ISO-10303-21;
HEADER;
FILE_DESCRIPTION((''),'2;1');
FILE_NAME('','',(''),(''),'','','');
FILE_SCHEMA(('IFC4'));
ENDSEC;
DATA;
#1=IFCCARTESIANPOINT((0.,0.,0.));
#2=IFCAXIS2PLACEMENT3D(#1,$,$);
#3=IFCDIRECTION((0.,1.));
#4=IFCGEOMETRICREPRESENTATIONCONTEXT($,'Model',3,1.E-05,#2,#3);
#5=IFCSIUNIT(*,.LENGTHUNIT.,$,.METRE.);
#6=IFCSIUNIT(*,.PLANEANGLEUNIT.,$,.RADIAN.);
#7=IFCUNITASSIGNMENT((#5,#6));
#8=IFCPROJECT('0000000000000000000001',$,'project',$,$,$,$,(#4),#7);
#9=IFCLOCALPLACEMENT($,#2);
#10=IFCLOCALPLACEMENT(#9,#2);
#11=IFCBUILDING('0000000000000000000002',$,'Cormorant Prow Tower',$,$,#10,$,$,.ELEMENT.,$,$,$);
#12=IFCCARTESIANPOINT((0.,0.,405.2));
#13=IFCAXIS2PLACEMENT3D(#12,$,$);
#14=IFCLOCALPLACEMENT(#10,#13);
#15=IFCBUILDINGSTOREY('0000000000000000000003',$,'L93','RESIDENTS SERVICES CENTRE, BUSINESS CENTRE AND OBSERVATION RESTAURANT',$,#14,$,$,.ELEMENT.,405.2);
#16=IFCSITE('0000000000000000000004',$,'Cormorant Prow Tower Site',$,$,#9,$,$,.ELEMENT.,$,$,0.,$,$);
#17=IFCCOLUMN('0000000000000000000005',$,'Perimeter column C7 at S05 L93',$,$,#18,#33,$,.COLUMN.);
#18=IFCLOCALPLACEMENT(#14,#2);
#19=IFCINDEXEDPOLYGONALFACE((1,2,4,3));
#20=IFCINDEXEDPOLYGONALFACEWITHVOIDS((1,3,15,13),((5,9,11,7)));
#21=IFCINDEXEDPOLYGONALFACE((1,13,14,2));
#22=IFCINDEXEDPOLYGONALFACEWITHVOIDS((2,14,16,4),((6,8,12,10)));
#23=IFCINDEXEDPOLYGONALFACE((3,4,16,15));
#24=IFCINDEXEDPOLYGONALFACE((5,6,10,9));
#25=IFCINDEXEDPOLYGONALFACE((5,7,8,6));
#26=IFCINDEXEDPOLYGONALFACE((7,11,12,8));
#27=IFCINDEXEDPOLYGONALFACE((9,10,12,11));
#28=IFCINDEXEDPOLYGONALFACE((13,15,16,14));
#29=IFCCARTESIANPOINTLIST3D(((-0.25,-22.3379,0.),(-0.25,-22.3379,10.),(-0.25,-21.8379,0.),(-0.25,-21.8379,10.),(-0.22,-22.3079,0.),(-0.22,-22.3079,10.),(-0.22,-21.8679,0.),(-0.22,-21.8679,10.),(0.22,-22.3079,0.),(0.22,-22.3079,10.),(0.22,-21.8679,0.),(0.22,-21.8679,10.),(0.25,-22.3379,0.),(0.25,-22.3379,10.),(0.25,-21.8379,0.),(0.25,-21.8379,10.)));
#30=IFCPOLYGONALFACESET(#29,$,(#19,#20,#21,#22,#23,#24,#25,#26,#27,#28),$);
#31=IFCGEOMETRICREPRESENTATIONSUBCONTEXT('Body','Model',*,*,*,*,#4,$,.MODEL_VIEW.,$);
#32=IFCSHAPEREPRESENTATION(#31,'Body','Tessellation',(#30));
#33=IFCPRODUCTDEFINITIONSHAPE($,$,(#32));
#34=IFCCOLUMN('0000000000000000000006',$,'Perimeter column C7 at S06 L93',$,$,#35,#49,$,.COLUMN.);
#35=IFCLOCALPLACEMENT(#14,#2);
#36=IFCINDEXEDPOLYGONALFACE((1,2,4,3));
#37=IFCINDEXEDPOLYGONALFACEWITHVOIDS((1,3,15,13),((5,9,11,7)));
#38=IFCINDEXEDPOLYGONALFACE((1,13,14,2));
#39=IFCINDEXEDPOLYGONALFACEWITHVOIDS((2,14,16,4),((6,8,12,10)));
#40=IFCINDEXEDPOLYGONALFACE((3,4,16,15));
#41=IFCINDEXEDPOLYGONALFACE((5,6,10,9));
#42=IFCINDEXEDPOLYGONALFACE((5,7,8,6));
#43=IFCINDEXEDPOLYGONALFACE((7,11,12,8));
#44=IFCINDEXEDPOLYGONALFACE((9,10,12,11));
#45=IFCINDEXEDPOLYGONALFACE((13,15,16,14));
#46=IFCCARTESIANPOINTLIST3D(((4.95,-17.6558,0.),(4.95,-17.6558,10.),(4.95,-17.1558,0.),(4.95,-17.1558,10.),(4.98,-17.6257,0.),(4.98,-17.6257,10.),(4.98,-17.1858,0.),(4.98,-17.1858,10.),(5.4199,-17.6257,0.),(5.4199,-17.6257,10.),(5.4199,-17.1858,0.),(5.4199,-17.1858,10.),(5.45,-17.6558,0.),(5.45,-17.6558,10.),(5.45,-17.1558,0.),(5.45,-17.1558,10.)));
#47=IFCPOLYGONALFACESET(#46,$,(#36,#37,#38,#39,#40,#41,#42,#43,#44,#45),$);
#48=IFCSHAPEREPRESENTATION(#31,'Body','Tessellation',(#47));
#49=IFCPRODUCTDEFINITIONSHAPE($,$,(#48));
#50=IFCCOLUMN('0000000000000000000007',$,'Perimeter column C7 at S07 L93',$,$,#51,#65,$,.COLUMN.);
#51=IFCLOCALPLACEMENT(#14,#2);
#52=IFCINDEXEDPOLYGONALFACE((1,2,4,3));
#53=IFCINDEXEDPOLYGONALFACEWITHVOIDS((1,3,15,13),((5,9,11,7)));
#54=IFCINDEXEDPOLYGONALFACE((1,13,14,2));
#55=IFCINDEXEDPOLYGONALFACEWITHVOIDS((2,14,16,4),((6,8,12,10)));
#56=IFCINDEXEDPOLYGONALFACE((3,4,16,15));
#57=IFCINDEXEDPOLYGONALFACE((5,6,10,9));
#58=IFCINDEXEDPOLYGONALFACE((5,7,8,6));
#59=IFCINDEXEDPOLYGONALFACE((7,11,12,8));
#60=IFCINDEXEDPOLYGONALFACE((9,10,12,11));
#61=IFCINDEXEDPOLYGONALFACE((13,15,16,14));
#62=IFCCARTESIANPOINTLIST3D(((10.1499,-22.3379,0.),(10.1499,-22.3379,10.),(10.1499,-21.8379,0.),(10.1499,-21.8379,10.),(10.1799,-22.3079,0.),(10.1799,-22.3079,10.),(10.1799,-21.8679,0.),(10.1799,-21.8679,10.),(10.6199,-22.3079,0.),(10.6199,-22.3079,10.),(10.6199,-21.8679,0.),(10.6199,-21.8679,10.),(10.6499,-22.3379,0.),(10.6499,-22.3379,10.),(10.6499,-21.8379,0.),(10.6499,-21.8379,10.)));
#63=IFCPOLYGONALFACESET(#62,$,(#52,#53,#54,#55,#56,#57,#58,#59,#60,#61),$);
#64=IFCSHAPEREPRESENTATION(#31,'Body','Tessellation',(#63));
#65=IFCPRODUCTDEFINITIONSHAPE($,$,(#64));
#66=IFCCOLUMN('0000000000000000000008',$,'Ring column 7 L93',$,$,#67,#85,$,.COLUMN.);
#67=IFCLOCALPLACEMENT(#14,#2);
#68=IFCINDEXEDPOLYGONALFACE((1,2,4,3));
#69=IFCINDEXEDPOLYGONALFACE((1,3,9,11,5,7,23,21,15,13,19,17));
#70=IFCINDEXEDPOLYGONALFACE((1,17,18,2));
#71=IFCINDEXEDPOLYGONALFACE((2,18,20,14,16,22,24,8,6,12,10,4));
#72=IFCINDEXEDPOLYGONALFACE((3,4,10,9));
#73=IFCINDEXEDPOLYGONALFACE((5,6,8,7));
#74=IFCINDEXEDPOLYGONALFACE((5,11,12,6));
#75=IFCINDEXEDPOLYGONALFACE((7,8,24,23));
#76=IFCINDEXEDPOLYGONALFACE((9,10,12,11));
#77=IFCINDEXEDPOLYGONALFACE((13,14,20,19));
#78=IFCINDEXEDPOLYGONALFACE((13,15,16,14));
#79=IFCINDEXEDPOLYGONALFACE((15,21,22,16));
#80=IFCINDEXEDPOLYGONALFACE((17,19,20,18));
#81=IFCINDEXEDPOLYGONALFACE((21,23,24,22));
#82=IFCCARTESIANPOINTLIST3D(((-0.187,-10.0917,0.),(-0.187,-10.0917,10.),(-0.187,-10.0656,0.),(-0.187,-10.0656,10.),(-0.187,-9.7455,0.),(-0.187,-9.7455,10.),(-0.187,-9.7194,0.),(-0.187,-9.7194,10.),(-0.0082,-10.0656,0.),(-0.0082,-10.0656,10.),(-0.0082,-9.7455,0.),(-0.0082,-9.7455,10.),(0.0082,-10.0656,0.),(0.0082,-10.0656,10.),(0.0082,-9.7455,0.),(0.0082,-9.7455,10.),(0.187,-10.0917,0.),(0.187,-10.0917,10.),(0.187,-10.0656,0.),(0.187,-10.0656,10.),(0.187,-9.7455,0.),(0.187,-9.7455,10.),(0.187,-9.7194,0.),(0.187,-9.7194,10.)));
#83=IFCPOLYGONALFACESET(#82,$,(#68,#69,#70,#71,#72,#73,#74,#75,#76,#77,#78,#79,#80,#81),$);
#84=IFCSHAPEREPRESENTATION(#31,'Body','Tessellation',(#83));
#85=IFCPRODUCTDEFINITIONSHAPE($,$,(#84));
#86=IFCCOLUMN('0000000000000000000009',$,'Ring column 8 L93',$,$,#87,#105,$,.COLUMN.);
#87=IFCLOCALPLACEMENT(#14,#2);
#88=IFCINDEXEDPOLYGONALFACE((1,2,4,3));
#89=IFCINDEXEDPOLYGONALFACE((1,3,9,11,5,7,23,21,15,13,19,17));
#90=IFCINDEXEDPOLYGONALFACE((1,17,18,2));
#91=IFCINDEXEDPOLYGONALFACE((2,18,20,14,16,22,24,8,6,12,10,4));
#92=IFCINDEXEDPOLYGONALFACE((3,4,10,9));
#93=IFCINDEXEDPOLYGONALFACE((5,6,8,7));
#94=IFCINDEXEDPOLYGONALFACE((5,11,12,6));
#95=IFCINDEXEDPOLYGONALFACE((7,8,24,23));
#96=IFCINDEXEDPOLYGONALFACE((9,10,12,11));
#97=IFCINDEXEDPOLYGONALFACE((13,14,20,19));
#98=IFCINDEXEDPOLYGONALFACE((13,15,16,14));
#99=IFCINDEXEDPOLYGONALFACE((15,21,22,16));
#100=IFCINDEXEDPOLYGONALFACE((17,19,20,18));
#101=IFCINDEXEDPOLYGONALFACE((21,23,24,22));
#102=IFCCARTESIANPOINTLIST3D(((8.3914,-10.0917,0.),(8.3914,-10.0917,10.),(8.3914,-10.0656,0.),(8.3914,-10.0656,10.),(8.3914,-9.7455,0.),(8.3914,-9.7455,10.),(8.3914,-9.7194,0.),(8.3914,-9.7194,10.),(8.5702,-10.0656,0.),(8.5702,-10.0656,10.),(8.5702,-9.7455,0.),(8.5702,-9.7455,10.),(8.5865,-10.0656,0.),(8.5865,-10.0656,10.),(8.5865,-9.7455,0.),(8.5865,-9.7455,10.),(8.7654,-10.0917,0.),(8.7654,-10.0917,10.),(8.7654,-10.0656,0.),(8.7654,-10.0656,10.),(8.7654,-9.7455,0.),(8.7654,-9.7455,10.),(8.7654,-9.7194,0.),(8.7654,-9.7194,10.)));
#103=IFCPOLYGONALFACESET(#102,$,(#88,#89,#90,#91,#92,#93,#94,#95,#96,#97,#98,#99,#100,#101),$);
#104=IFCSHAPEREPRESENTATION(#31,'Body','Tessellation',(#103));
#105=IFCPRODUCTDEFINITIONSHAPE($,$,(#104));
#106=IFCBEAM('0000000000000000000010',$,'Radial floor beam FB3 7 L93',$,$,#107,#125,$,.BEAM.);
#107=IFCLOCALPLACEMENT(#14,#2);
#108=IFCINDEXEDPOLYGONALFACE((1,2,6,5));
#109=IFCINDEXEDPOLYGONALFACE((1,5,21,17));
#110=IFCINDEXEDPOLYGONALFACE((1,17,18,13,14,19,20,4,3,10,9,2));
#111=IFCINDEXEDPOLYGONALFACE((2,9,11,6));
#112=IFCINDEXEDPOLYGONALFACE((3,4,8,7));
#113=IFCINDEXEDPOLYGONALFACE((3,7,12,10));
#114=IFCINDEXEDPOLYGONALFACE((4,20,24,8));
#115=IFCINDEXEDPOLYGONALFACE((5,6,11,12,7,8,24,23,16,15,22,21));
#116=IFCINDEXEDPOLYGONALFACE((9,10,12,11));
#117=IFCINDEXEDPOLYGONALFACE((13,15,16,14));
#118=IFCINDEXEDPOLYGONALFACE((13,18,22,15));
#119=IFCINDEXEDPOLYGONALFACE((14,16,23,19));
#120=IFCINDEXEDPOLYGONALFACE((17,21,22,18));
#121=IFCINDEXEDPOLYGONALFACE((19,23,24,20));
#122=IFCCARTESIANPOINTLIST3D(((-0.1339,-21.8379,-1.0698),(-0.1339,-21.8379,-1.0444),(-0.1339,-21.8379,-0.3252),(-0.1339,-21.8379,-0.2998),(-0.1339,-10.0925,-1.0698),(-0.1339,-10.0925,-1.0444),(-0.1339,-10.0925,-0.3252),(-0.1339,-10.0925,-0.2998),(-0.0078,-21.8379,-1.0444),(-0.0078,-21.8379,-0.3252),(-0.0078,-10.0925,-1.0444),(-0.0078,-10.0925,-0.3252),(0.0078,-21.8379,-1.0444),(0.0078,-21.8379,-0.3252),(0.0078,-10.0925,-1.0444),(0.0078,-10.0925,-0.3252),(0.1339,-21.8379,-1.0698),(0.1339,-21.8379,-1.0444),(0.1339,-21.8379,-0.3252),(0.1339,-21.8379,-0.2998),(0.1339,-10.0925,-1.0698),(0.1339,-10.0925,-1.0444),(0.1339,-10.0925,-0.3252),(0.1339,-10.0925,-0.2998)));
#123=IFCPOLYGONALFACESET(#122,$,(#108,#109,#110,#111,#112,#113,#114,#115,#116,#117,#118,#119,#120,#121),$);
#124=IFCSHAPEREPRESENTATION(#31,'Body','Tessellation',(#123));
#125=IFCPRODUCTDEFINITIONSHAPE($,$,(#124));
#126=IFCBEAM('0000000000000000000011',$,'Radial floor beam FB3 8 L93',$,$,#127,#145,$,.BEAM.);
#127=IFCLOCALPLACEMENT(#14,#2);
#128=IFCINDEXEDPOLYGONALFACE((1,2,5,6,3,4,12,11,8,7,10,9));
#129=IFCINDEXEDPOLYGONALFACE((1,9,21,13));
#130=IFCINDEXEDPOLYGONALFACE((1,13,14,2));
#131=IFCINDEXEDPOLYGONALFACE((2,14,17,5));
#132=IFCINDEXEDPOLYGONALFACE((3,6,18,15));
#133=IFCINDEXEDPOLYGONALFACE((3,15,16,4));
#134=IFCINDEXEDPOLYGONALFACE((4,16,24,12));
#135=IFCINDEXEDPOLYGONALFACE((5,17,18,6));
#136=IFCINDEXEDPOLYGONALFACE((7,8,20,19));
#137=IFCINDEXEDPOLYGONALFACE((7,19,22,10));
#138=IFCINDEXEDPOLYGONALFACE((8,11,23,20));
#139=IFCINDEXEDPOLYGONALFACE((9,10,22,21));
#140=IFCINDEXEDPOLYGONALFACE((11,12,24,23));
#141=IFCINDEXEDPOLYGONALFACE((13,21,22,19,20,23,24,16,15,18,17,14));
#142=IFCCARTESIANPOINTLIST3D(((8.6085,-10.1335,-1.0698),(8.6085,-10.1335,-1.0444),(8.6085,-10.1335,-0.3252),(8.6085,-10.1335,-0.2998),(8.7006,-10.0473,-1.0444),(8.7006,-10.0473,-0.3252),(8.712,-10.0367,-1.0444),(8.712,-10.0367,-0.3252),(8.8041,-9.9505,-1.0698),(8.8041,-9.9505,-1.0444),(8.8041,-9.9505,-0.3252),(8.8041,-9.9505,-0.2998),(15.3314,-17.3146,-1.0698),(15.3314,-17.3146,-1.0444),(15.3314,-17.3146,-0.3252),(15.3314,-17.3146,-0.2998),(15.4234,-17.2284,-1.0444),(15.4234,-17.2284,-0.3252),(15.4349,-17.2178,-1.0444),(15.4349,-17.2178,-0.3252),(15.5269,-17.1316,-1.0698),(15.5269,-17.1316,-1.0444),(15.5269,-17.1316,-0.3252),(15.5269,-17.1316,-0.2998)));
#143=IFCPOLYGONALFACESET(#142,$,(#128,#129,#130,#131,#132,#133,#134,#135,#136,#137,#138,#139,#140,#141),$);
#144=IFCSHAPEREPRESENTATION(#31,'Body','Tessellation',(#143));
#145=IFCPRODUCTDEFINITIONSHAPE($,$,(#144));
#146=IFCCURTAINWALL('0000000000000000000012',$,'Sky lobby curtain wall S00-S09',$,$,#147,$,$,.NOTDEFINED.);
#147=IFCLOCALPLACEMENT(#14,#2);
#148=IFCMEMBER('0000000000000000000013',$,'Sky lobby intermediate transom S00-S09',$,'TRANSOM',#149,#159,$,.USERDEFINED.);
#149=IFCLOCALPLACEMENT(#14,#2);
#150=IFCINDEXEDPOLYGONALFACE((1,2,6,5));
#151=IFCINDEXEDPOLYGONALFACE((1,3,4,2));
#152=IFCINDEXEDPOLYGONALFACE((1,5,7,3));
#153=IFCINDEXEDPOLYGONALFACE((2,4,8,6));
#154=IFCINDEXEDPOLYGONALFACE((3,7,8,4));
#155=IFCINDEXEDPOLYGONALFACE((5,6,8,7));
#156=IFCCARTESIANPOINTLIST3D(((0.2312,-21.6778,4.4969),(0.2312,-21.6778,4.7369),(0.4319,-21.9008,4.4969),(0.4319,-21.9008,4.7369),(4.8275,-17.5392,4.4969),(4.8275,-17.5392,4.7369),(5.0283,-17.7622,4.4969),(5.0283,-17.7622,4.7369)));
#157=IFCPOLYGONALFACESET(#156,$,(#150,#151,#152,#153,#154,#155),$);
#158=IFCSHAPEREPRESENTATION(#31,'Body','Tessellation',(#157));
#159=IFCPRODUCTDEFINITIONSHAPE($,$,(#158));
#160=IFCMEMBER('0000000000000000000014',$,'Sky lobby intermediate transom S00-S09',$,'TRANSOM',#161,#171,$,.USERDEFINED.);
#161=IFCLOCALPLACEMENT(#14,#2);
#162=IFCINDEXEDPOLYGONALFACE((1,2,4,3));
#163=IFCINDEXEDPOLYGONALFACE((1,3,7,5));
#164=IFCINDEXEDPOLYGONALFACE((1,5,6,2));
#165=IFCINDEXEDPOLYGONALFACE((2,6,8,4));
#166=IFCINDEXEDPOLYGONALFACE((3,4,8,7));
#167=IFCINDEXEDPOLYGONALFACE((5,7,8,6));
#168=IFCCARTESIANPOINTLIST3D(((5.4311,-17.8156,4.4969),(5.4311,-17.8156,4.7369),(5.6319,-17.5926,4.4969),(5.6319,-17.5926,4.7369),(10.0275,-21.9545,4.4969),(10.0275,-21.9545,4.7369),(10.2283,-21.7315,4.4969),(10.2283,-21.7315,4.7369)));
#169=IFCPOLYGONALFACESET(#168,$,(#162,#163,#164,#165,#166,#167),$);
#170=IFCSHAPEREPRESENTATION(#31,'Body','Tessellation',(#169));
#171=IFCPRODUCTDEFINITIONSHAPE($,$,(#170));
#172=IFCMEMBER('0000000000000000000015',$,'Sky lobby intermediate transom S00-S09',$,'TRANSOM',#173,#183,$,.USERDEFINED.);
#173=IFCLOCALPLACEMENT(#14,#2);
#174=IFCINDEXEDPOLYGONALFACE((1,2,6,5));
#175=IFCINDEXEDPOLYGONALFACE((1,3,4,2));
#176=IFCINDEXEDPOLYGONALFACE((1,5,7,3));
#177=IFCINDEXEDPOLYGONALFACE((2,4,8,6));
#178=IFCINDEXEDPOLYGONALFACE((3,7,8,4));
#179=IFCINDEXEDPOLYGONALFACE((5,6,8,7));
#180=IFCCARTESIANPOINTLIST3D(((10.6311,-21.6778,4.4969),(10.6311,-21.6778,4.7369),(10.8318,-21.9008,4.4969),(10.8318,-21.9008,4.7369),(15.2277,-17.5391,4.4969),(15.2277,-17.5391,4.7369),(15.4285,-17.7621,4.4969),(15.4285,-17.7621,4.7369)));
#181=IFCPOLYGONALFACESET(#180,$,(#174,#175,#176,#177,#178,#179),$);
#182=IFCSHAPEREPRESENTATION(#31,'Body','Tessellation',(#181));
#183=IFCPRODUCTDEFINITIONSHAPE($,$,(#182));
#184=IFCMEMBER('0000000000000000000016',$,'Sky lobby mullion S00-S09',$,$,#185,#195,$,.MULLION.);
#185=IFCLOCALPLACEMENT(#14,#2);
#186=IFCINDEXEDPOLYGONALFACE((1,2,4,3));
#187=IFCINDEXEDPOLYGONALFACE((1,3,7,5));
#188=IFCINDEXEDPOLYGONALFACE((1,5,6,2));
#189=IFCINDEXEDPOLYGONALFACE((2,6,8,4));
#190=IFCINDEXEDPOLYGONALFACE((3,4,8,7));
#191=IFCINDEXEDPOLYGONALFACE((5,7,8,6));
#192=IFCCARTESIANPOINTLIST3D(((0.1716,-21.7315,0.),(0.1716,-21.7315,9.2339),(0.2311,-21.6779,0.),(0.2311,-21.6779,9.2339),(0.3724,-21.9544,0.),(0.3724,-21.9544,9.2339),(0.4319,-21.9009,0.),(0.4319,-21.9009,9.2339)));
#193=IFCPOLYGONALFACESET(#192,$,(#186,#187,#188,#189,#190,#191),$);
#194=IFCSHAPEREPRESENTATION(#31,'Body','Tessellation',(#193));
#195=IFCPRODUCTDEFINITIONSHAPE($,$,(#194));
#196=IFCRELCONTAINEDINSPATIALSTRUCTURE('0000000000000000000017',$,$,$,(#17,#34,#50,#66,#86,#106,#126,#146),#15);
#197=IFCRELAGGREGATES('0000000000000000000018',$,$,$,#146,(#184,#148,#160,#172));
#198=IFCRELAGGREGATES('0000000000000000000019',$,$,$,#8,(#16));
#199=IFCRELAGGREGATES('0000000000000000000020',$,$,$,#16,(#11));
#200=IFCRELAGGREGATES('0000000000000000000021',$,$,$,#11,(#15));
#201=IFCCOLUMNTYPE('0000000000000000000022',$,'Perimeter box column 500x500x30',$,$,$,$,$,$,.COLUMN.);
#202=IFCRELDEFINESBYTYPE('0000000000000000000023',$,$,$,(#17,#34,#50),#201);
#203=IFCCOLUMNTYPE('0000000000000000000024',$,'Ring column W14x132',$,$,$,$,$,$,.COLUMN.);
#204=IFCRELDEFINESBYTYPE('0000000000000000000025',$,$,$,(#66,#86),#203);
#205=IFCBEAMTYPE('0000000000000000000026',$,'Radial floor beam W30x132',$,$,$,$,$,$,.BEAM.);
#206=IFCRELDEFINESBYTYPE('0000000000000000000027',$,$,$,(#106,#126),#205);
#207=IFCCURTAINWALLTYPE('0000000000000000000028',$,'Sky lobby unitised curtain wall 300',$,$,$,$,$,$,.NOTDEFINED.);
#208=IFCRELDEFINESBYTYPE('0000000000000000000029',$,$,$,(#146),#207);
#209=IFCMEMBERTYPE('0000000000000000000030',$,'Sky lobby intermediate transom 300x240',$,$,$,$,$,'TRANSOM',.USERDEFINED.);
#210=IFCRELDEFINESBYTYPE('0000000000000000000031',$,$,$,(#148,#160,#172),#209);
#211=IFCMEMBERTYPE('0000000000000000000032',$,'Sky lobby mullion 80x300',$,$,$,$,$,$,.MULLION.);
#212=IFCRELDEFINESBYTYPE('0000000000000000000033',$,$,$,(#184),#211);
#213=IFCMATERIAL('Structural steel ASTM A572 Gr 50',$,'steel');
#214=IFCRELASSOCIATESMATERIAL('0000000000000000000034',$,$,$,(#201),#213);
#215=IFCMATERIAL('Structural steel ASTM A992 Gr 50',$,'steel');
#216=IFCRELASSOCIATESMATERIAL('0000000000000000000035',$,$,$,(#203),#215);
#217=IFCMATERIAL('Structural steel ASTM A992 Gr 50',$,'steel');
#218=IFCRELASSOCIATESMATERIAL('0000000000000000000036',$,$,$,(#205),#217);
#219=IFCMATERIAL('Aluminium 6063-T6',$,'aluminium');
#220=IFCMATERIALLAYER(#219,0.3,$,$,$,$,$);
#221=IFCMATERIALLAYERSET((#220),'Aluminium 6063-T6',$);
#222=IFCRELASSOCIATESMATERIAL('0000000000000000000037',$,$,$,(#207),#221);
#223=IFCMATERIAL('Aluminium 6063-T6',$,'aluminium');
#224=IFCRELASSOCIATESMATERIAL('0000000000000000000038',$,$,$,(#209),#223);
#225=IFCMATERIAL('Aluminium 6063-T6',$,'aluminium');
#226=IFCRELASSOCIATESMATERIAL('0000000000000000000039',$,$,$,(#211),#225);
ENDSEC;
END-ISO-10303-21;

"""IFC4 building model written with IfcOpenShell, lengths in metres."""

from ifc_helpers import new_model, si_unit, direction, frame, origin, origin_2d, place, context, subcontext, project, spatial, rectangle, hollow_rectangle, i_section, extrude, material, layer, layer_set, material_profile, profile_set, type_object, element, aggregate, save


model = new_model("IFC4")

# Units and contexts
model_context = context("Model", 3, precision=1e-05, world=origin(), true_north=direction((0.0, 1.0)))
body_context = subcontext(model_context, "Body", "Model", "MODEL_VIEW")
ifc_project = project(units=[si_unit("LENGTHUNIT", "METRE"), si_unit("PLANEANGLEUNIT", "RADIAN")], contexts=[model_context])

# Site, building, storey
site_placement = place(None, origin())
site = spatial("IfcSite", under=ifc_project, at=site_placement, Name="Cormorant Prow Tower Site", CompositionType="ELEMENT", RefElevation=0.0)
building_placement = place(site_placement, origin())
building = spatial("IfcBuilding", under=site, at=building_placement, Name="Cormorant Prow Tower", CompositionType="ELEMENT")
storey_placement = place(building_placement, frame((0.0, 0.0, 405.2)))
storey = spatial("IfcBuildingStorey", under=building, at=storey_placement, Name="L93", Description="RESIDENTS SERVICES CENTRE, BUSINESS CENTRE AND OBSERVATION RESTAURANT", CompositionType="ELEMENT", Elevation=405.2)

# Columns
ifc_material_1 = material(Name="Structural steel ASTM A572 Gr 50", Category="steel")
ifc_material_profile_1 = material_profile(ifc_material_1, hollow_rectangle(XDim=0.5, YDim=0.5, WallThickness=0.03, at=origin_2d()), Name="Box 500x500x30")
ifc_profile_set_1 = profile_set([ifc_material_profile_1], Name="Structural steel ASTM A572 Gr 50")
column_type_1 = type_object("IfcColumnType", Name="Perimeter box column 500x500x30", PredefinedType="COLUMN", material=ifc_profile_set_1)
for number, where, z_axis, x_axis, name in (
    (1, (0.0, -22.0879, 0.0), (0.0, 0.0, 1.0), (1.0, 0.0, 0.0), "Perimeter column C7 at S05 L93"),
    (2, (5.2, -17.4058, 0.0), (0.0, 0.0, 1.0), (1.0, 0.0, 0.0), "Perimeter column C7 at S06 L93"),
    (3, (10.3999, -22.0879, 0.0), (0.0, 0.0, 1.0), (1.0, 0.0, 0.0), "Perimeter column C7 at S07 L93"),
):
    element("IfcColumn", number, at=place(storey_placement, frame(where, z_axis=z_axis, x_axis=x_axis)), inside=storey, type_object=column_type_1, Name=name, PredefinedType="COLUMN", context=body_context, shape_type="SweptSolid", body=[
        extrude(hollow_rectangle(XDim=0.5, YDim=0.5, WallThickness=0.03, at=origin_2d()), origin(), (0.0, 0.0, 1.0), 10.0),
    ])
ifc_material_2 = material(Name="Structural steel ASTM A992 Gr 50", Category="steel")
ifc_material_profile_2 = material_profile(ifc_material_2, i_section(OverallWidth=0.374, OverallDepth=0.3723, WebThickness=0.0164, FlangeThickness=0.0261, at=origin_2d()), Name="W14x132")
ifc_profile_set_2 = profile_set([ifc_material_profile_2], Name="Structural steel ASTM A992 Gr 50")
column_type_2 = type_object("IfcColumnType", Name="Ring column W14x132", PredefinedType="COLUMN", material=ifc_profile_set_2)
for number, where, z_axis, x_axis, name in (
    (4, (0.0, -9.9055, 0.0), (0.0, 0.0, 1.0), (1.0, 0.0, 0.0), "Ring column 7 L93"),
    (5, (8.5784, -9.9055, 0.0), (0.0, 0.0, 1.0), (1.0, 0.0, 0.0), "Ring column 8 L93"),
):
    element("IfcColumn", number, at=place(storey_placement, frame(where, z_axis=z_axis, x_axis=x_axis)), inside=storey, type_object=column_type_2, Name=name, PredefinedType="COLUMN", context=body_context, shape_type="SweptSolid", body=[
        extrude(i_section(OverallWidth=0.374, OverallDepth=0.3723, WebThickness=0.0164, FlangeThickness=0.0261, at=origin_2d()), origin(), (0.0, 0.0, 1.0), 10.0),
    ])

# Beams
ifc_material_3 = material(Name="Structural steel ASTM A992 Gr 50", Category="steel")
ifc_material_profile_3 = material_profile(ifc_material_3, i_section(OverallWidth=0.2678, OverallDepth=0.77, WebThickness=0.0156, FlangeThickness=0.0254, at=origin_2d()), Name="W30x132")
ifc_profile_set_3 = profile_set([ifc_material_profile_3], Name="Structural steel ASTM A992 Gr 50")
beam_type_1 = type_object("IfcBeamType", Name="Radial floor beam W30x132", PredefinedType="BEAM", material=ifc_profile_set_3)
beam_1_placement = place(storey_placement, frame((0.0, -10.0925, -0.6848), z_axis=(0.0, -1.0, 0.0), x_axis=(1.0, 0.0, 0.0)))
element("IfcBeam", 6, at=beam_1_placement, inside=storey, type_object=beam_type_1, Name="Radial floor beam FB3 7 L93", PredefinedType="BEAM", context=body_context, shape_type="SweptSolid", body=[
    extrude(i_section(OverallWidth=0.2678, OverallDepth=0.77, WebThickness=0.0156, FlangeThickness=0.0254, at=origin_2d()), origin(), (0.0, 0.0, 1.0), 11.7454),
])
beam_2_placement = place(storey_placement, frame((8.7063, -10.042, -0.6848), z_axis=(0.683431, -0.730015, 0.0), x_axis=(0.730015, 0.683431, 0.0)))
element("IfcBeam", 7, at=beam_2_placement, inside=storey, type_object=beam_type_1, Name="Radial floor beam FB3 8 L93", PredefinedType="BEAM", context=body_context, shape_type="SweptSolid", body=[
    extrude(i_section(OverallWidth=0.2678, OverallDepth=0.77, WebThickness=0.0156, FlangeThickness=0.0254, at=origin_2d()), origin(), (0.0, 0.0, 1.0), 9.8369),
])

# Curtain wall, members
ifc_material_4 = material(Name="Aluminium 6063-T6", Category="aluminium")
ifc_layer_1 = layer(ifc_material_4, 0.3)
ifc_layer_set_1 = layer_set([ifc_layer_1], Name="Aluminium 6063-T6")
curtain_wall_type = type_object("IfcCurtainWallType", Name="Sky lobby unitised curtain wall 300", PredefinedType="NOTDEFINED", material=ifc_layer_set_1)
curtain_wall_placement = place(storey_placement, origin())
curtain_wall = element("IfcCurtainWall", 8, at=curtain_wall_placement, inside=storey, type_object=curtain_wall_type, Name="Sky lobby curtain wall S00-S09", PredefinedType="NOTDEFINED")
ifc_material_5 = material(Name="Aluminium 6063-T6", Category="aluminium")
ifc_material_profile_4 = material_profile(ifc_material_5, rectangle(XDim=0.3, YDim=0.24, at=origin_2d()), Name="Sky lobby intermediate transom 300x240")
ifc_profile_set_4 = profile_set([ifc_material_profile_4], Name="Aluminium 6063-T6")
member_type_1 = type_object("IfcMemberType", Name="Sky lobby intermediate transom 300x240", ElementType="TRANSOM", PredefinedType="USERDEFINED", material=ifc_profile_set_4)
member_1_placement = place(storey_placement, frame((0.3315, -21.7893, 4.6169), z_axis=(0.743143, 0.669133, 0.0), x_axis=(-0.669133, 0.743143, 0.0)))
member_1 = element("IfcMember", 9, at=member_1_placement, type_object=member_type_1, Name="Sky lobby intermediate transom S00-S09", ObjectType="TRANSOM", PredefinedType="USERDEFINED", context=body_context, shape_type="SweptSolid", body=[
    extrude(rectangle(XDim=0.3, YDim=0.24, at=origin_2d()), origin(), (0.0, 0.0, 1.0), 6.1851),
])
member_2_placement = place(storey_placement, frame((5.5315, -17.7041, 4.6169), z_axis=(0.743123, -0.669154, 0.0), x_axis=(0.669154, 0.743123, 0.0)))
member_2 = element("IfcMember", 10, at=member_2_placement, type_object=member_type_1, Name="Sky lobby intermediate transom S00-S09", ObjectType="TRANSOM", PredefinedType="USERDEFINED", context=body_context, shape_type="SweptSolid", body=[
    extrude(rectangle(XDim=0.3, YDim=0.24, at=origin_2d()), origin(), (0.0, 0.0, 1.0), 6.1853),
])
member_3_placement = place(storey_placement, frame((10.7314, -21.7893, 4.6169), z_axis=(0.743161, 0.669113, 0.0), x_axis=(-0.669113, 0.743161, 0.0)))
member_3 = element("IfcMember", 11, at=member_3_placement, type_object=member_type_1, Name="Sky lobby intermediate transom S00-S09", ObjectType="TRANSOM", PredefinedType="USERDEFINED", context=body_context, shape_type="SweptSolid", body=[
    extrude(rectangle(XDim=0.3, YDim=0.24, at=origin_2d()), origin(), (0.0, 0.0, 1.0), 6.1853),
])
ifc_material_6 = material(Name="Aluminium 6063-T6", Category="aluminium")
ifc_material_profile_5 = material_profile(ifc_material_6, rectangle(XDim=0.3, YDim=0.0801, at=origin_2d()), Name="Sky lobby mullion 80x300")
ifc_profile_set_5 = profile_set([ifc_material_profile_5], Name="Aluminium 6063-T6")
member_type_2 = type_object("IfcMemberType", Name="Sky lobby mullion 80x300", PredefinedType="MULLION", material=ifc_profile_set_5)
member_4_placement = place(storey_placement, frame((0.3018, -21.8162, 0.0), z_axis=(0.0, 0.0, 1.0), x_axis=(-0.669131, 0.743145, 0.0)))
member_4 = element("IfcMember", 12, at=member_4_placement, type_object=member_type_2, Name="Sky lobby mullion S00-S09", PredefinedType="MULLION", context=body_context, shape_type="SweptSolid", body=[
    extrude(rectangle(XDim=0.3, YDim=0.0801, at=origin_2d()), origin(), (0.0, 0.0, 1.0), 9.2339),
])

aggregate(curtain_wall, [member_4, member_1, member_2, member_3])

save(model, "model.ifc")
